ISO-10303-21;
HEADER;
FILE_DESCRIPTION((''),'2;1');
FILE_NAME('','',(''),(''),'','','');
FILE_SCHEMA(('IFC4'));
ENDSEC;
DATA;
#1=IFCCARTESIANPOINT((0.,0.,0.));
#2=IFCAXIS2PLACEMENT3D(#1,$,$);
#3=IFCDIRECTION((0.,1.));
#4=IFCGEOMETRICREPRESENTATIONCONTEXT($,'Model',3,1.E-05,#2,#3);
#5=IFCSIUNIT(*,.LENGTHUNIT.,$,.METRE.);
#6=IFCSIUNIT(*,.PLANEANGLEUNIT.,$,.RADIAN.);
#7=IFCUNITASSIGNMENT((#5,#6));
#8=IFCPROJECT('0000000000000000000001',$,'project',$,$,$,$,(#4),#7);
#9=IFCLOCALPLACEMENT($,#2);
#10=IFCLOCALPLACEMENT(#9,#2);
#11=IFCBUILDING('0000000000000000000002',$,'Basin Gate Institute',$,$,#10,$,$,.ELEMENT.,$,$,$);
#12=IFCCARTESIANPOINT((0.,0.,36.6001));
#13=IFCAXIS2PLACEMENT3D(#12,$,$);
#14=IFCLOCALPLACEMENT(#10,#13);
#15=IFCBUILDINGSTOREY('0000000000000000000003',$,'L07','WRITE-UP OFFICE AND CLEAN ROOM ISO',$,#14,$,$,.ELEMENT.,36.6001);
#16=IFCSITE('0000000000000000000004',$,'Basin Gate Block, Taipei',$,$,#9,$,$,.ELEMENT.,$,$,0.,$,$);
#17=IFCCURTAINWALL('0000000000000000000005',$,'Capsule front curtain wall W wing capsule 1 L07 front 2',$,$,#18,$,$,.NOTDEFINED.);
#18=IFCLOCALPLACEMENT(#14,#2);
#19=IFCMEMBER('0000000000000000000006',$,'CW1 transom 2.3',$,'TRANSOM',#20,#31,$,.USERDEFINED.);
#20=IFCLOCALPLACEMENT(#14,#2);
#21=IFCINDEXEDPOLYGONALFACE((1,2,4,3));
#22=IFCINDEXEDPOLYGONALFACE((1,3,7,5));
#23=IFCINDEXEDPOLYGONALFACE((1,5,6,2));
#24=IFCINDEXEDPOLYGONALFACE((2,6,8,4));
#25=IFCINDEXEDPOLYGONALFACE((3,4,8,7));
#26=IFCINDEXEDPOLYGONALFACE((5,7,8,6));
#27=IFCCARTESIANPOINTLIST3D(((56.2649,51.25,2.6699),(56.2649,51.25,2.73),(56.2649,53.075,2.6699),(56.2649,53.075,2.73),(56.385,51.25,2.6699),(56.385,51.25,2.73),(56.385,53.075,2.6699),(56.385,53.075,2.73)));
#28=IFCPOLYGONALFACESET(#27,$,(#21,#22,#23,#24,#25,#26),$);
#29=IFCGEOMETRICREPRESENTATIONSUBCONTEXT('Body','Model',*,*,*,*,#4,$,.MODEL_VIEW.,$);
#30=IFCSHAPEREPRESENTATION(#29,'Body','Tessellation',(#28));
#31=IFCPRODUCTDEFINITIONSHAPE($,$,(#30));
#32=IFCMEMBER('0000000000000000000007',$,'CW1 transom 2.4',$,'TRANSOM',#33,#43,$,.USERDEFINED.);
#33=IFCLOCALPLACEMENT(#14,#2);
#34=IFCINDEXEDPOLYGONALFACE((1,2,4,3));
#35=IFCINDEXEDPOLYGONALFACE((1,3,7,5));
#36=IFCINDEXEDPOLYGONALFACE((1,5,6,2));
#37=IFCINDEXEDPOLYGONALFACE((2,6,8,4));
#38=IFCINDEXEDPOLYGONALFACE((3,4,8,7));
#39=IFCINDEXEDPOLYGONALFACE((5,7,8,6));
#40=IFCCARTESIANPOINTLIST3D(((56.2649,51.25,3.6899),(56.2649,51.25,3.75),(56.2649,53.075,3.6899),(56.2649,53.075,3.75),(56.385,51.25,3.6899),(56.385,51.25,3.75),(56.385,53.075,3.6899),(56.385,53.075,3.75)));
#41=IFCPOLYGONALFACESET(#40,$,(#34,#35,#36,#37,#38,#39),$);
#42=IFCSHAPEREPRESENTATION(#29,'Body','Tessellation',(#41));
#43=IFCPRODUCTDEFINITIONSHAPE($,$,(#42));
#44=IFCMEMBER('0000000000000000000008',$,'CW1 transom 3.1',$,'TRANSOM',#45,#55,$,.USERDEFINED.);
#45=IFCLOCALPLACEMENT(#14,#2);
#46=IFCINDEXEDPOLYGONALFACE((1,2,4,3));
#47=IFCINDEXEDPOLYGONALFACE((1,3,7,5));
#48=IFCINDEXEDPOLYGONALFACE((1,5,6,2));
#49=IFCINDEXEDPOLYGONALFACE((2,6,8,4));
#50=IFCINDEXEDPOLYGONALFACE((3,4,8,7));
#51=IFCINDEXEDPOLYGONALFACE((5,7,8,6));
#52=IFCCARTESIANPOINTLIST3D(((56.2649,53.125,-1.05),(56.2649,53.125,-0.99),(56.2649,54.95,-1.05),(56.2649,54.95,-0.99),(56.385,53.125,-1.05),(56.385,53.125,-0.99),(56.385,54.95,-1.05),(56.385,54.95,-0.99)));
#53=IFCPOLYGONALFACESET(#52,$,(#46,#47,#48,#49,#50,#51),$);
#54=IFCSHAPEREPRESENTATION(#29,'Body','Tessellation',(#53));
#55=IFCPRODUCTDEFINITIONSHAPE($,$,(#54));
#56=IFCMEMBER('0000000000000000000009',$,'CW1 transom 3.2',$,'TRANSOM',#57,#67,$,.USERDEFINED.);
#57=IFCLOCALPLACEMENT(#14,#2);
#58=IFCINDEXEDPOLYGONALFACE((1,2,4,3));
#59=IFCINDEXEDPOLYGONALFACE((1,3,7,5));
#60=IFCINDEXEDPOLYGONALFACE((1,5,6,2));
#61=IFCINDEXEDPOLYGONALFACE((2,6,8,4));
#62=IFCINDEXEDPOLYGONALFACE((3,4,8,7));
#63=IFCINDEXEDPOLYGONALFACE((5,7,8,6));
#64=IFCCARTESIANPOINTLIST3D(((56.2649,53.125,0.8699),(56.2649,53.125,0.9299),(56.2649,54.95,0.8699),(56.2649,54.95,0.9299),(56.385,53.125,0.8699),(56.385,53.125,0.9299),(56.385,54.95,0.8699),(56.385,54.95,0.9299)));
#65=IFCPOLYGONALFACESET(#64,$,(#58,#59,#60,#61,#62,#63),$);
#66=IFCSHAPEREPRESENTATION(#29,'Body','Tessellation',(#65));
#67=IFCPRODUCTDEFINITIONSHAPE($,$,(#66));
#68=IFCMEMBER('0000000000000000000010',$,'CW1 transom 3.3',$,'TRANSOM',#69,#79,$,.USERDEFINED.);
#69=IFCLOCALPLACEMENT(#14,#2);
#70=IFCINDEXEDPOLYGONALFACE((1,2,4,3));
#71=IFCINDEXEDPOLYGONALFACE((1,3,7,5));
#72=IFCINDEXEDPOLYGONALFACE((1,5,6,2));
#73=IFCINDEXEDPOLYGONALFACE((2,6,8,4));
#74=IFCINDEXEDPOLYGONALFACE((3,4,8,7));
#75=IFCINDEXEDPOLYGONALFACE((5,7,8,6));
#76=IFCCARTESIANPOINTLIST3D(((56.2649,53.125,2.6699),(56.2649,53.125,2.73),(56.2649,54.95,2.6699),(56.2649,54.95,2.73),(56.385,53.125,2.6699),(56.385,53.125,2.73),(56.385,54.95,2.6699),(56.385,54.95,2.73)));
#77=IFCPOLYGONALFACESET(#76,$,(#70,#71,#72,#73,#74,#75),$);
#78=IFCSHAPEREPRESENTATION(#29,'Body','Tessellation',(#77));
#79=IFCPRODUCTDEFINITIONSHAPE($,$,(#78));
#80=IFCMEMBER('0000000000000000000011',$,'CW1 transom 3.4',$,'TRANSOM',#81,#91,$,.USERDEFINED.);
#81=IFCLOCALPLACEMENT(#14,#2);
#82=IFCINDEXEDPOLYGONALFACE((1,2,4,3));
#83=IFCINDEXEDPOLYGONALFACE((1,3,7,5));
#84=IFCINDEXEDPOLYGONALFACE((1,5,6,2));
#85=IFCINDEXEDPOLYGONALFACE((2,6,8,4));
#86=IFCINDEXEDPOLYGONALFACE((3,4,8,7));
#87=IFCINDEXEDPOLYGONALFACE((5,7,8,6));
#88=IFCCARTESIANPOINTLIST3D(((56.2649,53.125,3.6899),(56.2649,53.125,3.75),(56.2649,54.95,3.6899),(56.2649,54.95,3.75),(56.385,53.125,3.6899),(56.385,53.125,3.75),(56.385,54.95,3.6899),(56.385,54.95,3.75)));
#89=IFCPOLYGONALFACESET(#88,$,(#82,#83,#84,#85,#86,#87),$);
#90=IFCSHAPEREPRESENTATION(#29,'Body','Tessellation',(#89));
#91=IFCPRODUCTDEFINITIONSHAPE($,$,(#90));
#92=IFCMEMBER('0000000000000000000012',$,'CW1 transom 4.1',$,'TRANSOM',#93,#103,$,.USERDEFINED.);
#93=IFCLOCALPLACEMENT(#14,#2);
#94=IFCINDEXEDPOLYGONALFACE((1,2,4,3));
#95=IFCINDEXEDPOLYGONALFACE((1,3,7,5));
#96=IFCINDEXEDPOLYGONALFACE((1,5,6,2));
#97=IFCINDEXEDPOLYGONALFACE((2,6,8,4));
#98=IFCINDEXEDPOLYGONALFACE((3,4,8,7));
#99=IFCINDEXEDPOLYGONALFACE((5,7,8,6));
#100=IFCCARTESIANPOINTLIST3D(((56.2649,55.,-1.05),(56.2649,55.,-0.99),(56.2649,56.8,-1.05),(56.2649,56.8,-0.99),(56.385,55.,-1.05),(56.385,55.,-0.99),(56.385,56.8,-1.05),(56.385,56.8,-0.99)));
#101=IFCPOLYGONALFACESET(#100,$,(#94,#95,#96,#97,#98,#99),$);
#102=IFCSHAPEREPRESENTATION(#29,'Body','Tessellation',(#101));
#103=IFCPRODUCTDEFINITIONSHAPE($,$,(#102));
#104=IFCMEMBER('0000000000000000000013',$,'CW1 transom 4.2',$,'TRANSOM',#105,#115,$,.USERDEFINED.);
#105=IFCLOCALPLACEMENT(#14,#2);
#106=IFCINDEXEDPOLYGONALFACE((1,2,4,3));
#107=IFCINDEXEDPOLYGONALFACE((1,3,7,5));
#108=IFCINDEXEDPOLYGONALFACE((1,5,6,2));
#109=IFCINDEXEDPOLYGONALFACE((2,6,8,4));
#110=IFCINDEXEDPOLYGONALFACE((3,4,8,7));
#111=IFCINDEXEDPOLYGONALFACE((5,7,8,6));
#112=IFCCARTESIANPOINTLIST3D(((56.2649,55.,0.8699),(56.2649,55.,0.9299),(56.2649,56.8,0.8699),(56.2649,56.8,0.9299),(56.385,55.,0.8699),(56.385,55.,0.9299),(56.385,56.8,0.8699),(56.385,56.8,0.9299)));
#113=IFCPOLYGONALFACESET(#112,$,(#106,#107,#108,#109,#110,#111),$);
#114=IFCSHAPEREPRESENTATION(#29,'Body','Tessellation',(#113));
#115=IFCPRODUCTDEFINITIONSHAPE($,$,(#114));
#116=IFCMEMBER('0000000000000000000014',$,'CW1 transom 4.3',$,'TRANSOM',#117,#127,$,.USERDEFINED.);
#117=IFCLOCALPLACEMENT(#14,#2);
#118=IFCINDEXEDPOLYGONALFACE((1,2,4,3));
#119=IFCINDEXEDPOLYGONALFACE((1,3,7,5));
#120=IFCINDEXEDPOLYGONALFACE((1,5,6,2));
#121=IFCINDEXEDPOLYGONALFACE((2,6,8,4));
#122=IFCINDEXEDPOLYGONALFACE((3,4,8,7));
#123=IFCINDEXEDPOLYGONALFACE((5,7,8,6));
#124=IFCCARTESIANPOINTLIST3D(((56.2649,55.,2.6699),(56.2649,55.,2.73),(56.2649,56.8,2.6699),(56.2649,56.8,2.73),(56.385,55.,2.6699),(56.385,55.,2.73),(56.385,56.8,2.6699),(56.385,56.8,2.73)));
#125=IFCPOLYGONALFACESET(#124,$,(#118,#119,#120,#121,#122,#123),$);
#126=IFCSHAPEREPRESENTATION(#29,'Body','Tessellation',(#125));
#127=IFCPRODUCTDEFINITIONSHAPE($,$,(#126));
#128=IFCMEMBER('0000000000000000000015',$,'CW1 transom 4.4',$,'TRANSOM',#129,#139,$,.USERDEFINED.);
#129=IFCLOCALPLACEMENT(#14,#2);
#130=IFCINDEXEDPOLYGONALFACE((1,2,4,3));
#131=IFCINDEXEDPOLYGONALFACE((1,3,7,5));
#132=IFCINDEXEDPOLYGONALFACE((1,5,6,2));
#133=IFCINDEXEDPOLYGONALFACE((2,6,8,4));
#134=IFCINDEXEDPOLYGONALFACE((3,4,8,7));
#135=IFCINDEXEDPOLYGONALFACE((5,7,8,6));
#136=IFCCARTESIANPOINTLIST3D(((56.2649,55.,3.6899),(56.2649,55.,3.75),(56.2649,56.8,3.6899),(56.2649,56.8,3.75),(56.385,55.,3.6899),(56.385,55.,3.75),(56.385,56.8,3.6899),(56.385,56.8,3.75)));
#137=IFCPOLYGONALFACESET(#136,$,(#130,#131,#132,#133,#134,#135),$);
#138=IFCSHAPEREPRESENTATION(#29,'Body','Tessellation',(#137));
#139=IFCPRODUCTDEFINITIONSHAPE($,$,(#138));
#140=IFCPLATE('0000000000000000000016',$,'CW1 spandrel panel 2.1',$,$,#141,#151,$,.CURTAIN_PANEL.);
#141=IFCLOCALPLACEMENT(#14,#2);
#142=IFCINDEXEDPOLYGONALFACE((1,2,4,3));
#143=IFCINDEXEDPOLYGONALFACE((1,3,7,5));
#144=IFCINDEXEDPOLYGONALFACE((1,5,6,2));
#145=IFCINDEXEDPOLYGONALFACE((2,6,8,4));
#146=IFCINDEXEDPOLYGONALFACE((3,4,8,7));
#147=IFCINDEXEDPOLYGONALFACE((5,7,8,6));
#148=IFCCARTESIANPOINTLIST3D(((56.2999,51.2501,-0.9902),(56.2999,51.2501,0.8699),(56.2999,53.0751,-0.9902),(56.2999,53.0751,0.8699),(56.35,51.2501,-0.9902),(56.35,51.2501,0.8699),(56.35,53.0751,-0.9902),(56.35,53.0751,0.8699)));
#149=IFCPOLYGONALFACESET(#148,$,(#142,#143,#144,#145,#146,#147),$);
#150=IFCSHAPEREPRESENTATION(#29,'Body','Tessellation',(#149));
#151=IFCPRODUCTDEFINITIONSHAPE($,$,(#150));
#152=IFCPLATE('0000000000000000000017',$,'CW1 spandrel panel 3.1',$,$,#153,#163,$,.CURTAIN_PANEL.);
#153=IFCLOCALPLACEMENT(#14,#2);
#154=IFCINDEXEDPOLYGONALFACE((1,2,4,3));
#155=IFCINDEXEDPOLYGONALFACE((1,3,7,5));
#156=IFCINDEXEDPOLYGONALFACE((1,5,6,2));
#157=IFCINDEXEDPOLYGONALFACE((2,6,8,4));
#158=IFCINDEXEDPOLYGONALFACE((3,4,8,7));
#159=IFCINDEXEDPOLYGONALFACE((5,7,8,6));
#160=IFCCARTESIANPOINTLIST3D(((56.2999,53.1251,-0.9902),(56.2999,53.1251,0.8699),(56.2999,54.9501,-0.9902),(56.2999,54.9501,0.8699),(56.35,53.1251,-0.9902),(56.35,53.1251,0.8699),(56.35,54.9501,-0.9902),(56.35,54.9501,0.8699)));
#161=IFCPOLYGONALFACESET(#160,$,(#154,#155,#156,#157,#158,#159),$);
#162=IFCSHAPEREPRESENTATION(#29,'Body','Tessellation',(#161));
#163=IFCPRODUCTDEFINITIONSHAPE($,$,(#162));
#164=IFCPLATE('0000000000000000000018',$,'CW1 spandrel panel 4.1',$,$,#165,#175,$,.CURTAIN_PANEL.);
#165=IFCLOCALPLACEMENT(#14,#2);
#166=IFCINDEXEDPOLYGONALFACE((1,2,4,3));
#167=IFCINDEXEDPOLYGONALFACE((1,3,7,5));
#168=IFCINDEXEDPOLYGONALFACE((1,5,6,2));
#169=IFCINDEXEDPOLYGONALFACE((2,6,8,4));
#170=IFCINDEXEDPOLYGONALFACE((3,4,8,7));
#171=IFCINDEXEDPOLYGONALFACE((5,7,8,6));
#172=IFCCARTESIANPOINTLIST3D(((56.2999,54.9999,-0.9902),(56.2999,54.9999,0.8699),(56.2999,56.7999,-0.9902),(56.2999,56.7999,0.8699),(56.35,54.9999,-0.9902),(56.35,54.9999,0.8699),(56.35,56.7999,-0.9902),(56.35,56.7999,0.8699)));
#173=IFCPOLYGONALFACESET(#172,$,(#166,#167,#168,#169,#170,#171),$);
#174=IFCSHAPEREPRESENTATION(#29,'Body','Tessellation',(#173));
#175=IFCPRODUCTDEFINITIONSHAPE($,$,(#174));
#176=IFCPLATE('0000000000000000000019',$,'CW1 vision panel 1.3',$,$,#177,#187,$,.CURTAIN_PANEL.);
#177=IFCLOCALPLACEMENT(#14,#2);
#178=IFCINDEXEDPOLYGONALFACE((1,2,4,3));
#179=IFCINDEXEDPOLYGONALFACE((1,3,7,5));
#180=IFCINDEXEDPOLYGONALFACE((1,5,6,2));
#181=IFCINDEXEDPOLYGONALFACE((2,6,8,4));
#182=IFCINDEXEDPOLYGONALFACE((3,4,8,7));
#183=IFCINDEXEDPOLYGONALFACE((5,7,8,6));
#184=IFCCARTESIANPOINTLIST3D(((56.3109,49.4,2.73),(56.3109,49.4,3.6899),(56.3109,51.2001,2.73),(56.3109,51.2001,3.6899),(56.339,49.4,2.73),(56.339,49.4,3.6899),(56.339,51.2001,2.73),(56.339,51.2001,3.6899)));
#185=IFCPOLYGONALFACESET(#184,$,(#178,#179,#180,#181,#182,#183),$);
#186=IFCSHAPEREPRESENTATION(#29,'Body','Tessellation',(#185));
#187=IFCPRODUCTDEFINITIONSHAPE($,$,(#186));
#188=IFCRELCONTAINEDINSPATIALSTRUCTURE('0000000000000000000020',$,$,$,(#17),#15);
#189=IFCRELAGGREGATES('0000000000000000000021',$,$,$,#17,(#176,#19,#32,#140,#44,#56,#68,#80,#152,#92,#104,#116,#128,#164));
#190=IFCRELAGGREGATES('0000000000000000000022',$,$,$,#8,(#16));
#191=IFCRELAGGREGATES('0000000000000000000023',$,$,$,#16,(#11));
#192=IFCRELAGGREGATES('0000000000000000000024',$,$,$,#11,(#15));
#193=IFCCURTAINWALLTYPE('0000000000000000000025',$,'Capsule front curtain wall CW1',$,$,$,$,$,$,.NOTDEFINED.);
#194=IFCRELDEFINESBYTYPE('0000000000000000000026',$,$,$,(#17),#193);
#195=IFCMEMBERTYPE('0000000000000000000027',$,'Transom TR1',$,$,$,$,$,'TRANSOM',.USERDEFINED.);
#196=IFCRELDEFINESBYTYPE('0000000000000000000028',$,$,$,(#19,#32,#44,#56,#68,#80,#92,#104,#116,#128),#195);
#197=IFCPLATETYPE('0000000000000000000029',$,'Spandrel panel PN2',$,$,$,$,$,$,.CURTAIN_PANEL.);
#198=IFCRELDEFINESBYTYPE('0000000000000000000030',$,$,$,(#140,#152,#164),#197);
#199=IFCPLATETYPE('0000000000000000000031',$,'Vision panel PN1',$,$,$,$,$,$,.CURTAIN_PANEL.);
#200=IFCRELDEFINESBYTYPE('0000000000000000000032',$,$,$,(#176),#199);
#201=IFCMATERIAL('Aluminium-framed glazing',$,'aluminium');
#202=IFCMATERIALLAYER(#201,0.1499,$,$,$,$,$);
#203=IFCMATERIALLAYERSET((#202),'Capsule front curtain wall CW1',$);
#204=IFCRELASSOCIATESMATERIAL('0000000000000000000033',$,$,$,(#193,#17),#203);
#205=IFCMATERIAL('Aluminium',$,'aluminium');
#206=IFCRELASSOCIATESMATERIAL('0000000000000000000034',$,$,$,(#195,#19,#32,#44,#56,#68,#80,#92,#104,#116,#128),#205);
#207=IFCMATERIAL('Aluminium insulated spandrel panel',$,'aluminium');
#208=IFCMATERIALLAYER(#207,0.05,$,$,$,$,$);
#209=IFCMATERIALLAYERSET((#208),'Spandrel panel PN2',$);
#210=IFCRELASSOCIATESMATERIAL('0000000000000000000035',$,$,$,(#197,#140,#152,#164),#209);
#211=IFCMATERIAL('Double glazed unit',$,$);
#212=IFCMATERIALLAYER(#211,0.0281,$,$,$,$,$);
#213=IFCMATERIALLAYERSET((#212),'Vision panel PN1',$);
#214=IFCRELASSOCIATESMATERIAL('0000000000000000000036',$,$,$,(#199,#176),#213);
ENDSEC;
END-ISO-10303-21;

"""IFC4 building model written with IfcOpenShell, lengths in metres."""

from ifc_helpers import new_model, si_unit, direction, frame, origin, origin_2d, place, context, subcontext, project, spatial, rectangle, extrude, material, layer, layer_set, material_profile, profile_set, type_object, element, aggregate, save


model = new_model("IFC4")

# Units and contexts
model_context = context("Model", 3, precision=1e-05, world=origin(), true_north=direction((0.0, 1.0)))
body_context = subcontext(model_context, "Body", "Model", "MODEL_VIEW")
ifc_project = project(units=[si_unit("LENGTHUNIT", "METRE"), si_unit("PLANEANGLEUNIT", "RADIAN")], contexts=[model_context])

# Site, building, storey
site_placement = place(None, origin())
site = spatial("IfcSite", under=ifc_project, at=site_placement, Name="Basin Gate Block, Taipei", CompositionType="ELEMENT", RefElevation=0.0)
building_placement = place(site_placement, origin())
building = spatial("IfcBuilding", under=site, at=building_placement, Name="Basin Gate Institute", CompositionType="ELEMENT")
storey_placement = place(building_placement, frame((0.0, 0.0, 36.6001)))
storey = spatial("IfcBuildingStorey", under=building, at=storey_placement, Name="L07", Description="WRITE-UP OFFICE AND CLEAN ROOM ISO", CompositionType="ELEMENT", Elevation=36.6001)

# Shared definitions
ifc_material_1 = material(Name="Aluminium-framed glazing", Category="aluminium")
ifc_layer_1 = layer(ifc_material_1, 0.1499)
ifc_layer_set_1 = layer_set([ifc_layer_1], Name="Capsule front curtain wall CW1")
curtain_wall_type = type_object("IfcCurtainWallType", Name="Capsule front curtain wall CW1", PredefinedType="NOTDEFINED", material=ifc_layer_set_1)

# Curtain wall
curtain_wall_1_placement = place(storey_placement, origin())
curtain_wall_1 = element("IfcCurtainWall", 1, at=curtain_wall_1_placement, inside=storey, type_object=curtain_wall_type, material=ifc_layer_set_1, Name="Capsule front curtain wall W wing capsule 1 L07 front 2", PredefinedType="NOTDEFINED")

# Members
ifc_material_2 = material(Name="Aluminium", Category="aluminium")
ifc_material_profile_1 = material_profile(ifc_material_2, rectangle(XDim=0.1201, YDim=0.0601, at=origin_2d()), Name="Transom TR1 120 x 60")
ifc_profile_set_1 = profile_set([ifc_material_profile_1], Name="Aluminium")
member_type_1 = type_object("IfcMemberType", Name="Transom TR1", ElementType="TRANSOM", PredefinedType="USERDEFINED", material=ifc_profile_set_1)
member_1_placement = place(storey_placement, frame((56.325, 51.25, 2.7), z_axis=(0.0, 1.0, 0.0), x_axis=(-1.0, 0.0, 0.0)))
member_1 = element("IfcMember", 2, at=member_1_placement, type_object=member_type_1, material=ifc_profile_set_1, Name="CW1 transom 2.3", ObjectType="TRANSOM", PredefinedType="USERDEFINED", context=body_context, shape_type="SweptSolid", body=[
    extrude(rectangle(XDim=0.1201, YDim=0.0601, at=origin_2d()), origin(), (0.0, 0.0, 1.0), 1.825),
])
member_2_placement = place(storey_placement, frame((56.325, 51.25, 3.72), z_axis=(0.0, 1.0, 0.0), x_axis=(-1.0, 0.0, 0.0)))
member_2 = element("IfcMember", 3, at=member_2_placement, type_object=member_type_1, material=ifc_profile_set_1, Name="CW1 transom 2.4", ObjectType="TRANSOM", PredefinedType="USERDEFINED", context=body_context, shape_type="SweptSolid", body=[
    extrude(rectangle(XDim=0.1201, YDim=0.0601, at=origin_2d()), origin(), (0.0, 0.0, 1.0), 1.825),
])
member_3_placement = place(storey_placement, frame((56.325, 53.125, -1.02), z_axis=(0.0, 1.0, 0.0), x_axis=(-1.0, 0.0, 0.0)))
member_3 = element("IfcMember", 4, at=member_3_placement, type_object=member_type_1, material=ifc_profile_set_1, Name="CW1 transom 3.1", ObjectType="TRANSOM", PredefinedType="USERDEFINED", context=body_context, shape_type="SweptSolid", body=[
    extrude(rectangle(XDim=0.1201, YDim=0.0601, at=origin_2d()), origin(), (0.0, 0.0, 1.0), 1.825),
])
member_4_placement = place(storey_placement, frame((56.325, 53.125, 0.8999), z_axis=(0.0, 1.0, 0.0), x_axis=(-1.0, 0.0, 0.0)))
member_4 = element("IfcMember", 5, at=member_4_placement, type_object=member_type_1, material=ifc_profile_set_1, Name="CW1 transom 3.2", ObjectType="TRANSOM", PredefinedType="USERDEFINED", context=body_context, shape_type="SweptSolid", body=[
    extrude(rectangle(XDim=0.1201, YDim=0.0601, at=origin_2d()), origin(), (0.0, 0.0, 1.0), 1.825),
])
member_5_placement = place(storey_placement, frame((56.325, 53.125, 2.7), z_axis=(0.0, 1.0, 0.0), x_axis=(-1.0, 0.0, 0.0)))
member_5 = element("IfcMember", 6, at=member_5_placement, type_object=member_type_1, material=ifc_profile_set_1, Name="CW1 transom 3.3", ObjectType="TRANSOM", PredefinedType="USERDEFINED", context=body_context, shape_type="SweptSolid", body=[
    extrude(rectangle(XDim=0.1201, YDim=0.0601, at=origin_2d()), origin(), (0.0, 0.0, 1.0), 1.825),
])
member_6_placement = place(storey_placement, frame((56.325, 53.125, 3.72), z_axis=(0.0, 1.0, 0.0), x_axis=(-1.0, 0.0, 0.0)))
member_6 = element("IfcMember", 7, at=member_6_placement, type_object=member_type_1, material=ifc_profile_set_1, Name="CW1 transom 3.4", ObjectType="TRANSOM", PredefinedType="USERDEFINED", context=body_context, shape_type="SweptSolid", body=[
    extrude(rectangle(XDim=0.1201, YDim=0.0601, at=origin_2d()), origin(), (0.0, 0.0, 1.0), 1.825),
])
member_7_placement = place(storey_placement, frame((56.325, 55.0, -1.02), z_axis=(0.0, 1.0, 0.0), x_axis=(-1.0, 0.0, 0.0)))
member_7 = element("IfcMember", 8, at=member_7_placement, type_object=member_type_1, material=ifc_profile_set_1, Name="CW1 transom 4.1", ObjectType="TRANSOM", PredefinedType="USERDEFINED", context=body_context, shape_type="SweptSolid", body=[
    extrude(rectangle(XDim=0.1201, YDim=0.0601, at=origin_2d()), origin(), (0.0, 0.0, 1.0), 1.8),
])
member_8_placement = place(storey_placement, frame((56.325, 55.0, 0.8999), z_axis=(0.0, 1.0, 0.0), x_axis=(-1.0, 0.0, 0.0)))
member_8 = element("IfcMember", 9, at=member_8_placement, type_object=member_type_1, material=ifc_profile_set_1, Name="CW1 transom 4.2", ObjectType="TRANSOM", PredefinedType="USERDEFINED", context=body_context, shape_type="SweptSolid", body=[
    extrude(rectangle(XDim=0.1201, YDim=0.0601, at=origin_2d()), origin(), (0.0, 0.0, 1.0), 1.8),
])
member_9_placement = place(storey_placement, frame((56.325, 55.0, 2.7), z_axis=(0.0, 1.0, 0.0), x_axis=(-1.0, 0.0, 0.0)))
member_9 = element("IfcMember", 10, at=member_9_placement, type_object=member_type_1, material=ifc_profile_set_1, Name="CW1 transom 4.3", ObjectType="TRANSOM", PredefinedType="USERDEFINED", context=body_context, shape_type="SweptSolid", body=[
    extrude(rectangle(XDim=0.1201, YDim=0.0601, at=origin_2d()), origin(), (0.0, 0.0, 1.0), 1.8),
])
member_10_placement = place(storey_placement, frame((56.325, 55.0, 3.72), z_axis=(0.0, 1.0, 0.0), x_axis=(-1.0, 0.0, 0.0)))
member_10 = element("IfcMember", 11, at=member_10_placement, type_object=member_type_1, material=ifc_profile_set_1, Name="CW1 transom 4.4", ObjectType="TRANSOM", PredefinedType="USERDEFINED", context=body_context, shape_type="SweptSolid", body=[
    extrude(rectangle(XDim=0.1201, YDim=0.0601, at=origin_2d()), origin(), (0.0, 0.0, 1.0), 1.8),
])

# Plates
ifc_material_3 = material(Name="Aluminium insulated spandrel panel", Category="aluminium")
ifc_layer_2 = layer(ifc_material_3, 0.05)
ifc_layer_set_2 = layer_set([ifc_layer_2], Name="Spandrel panel PN2")
plate_type_1 = type_object("IfcPlateType", Name="Spandrel panel PN2", PredefinedType="CURTAIN_PANEL", material=ifc_layer_set_2)
plate_1_placement = place(storey_placement, frame((56.325, 52.1626, -0.9902), z_axis=(0.0, 0.0, 1.0), x_axis=(0.0, 1.0, 0.0)))
plate_1 = element("IfcPlate", 12, at=plate_1_placement, type_object=plate_type_1, material=ifc_layer_set_2, Name="CW1 spandrel panel 2.1", PredefinedType="CURTAIN_PANEL", context=body_context, shape_type="SweptSolid", body=[
    extrude(rectangle(XDim=1.825, YDim=0.05, at=origin_2d()), origin(), (0.0, 0.0, 1.0), 1.8601),
])
plate_2_placement = place(storey_placement, frame((56.325, 54.0376, -0.9902), z_axis=(0.0, 0.0, 1.0), x_axis=(0.0, 1.0, 0.0)))
plate_2 = element("IfcPlate", 13, at=plate_2_placement, type_object=plate_type_1, material=ifc_layer_set_2, Name="CW1 spandrel panel 3.1", PredefinedType="CURTAIN_PANEL", context=body_context, shape_type="SweptSolid", body=[
    extrude(rectangle(XDim=1.825, YDim=0.05, at=origin_2d()), origin(), (0.0, 0.0, 1.0), 1.8601),
])
plate_3_placement = place(storey_placement, frame((56.325, 55.8999, -0.9902), z_axis=(0.0, 0.0, 1.0), x_axis=(0.0, 1.0, 0.0)))
plate_3 = element("IfcPlate", 14, at=plate_3_placement, type_object=plate_type_1, material=ifc_layer_set_2, Name="CW1 spandrel panel 4.1", PredefinedType="CURTAIN_PANEL", context=body_context, shape_type="SweptSolid", body=[
    extrude(rectangle(XDim=1.8, YDim=0.05, at=origin_2d()), origin(), (0.0, 0.0, 1.0), 1.8601),
])
ifc_material_4 = material(Name="Double glazed unit")
ifc_layer_3 = layer(ifc_material_4, 0.0281)
ifc_layer_set_3 = layer_set([ifc_layer_3], Name="Vision panel PN1")
plate_type_2 = type_object("IfcPlateType", Name="Vision panel PN1", PredefinedType="CURTAIN_PANEL", material=ifc_layer_set_3)
plate_4_placement = place(storey_placement, frame((56.325, 50.3, 2.73), z_axis=(0.0, 0.0, 1.0), x_axis=(0.0, 1.0, 0.0)))
plate_4 = element("IfcPlate", 15, at=plate_4_placement, type_object=plate_type_2, material=ifc_layer_set_3, Name="CW1 vision panel 1.3", PredefinedType="CURTAIN_PANEL", context=body_context, shape_type="SweptSolid", body=[
    extrude(rectangle(XDim=1.8, YDim=0.0281, at=origin_2d()), origin(), (0.0, 0.0, 1.0), 0.96),
])
aggregate(curtain_wall_1, [plate_4, member_1, member_2, plate_1, member_3, member_4, member_5, member_6, plate_2, member_7, member_8, member_9, member_10, plate_3])

save(model, "model.ifc")
